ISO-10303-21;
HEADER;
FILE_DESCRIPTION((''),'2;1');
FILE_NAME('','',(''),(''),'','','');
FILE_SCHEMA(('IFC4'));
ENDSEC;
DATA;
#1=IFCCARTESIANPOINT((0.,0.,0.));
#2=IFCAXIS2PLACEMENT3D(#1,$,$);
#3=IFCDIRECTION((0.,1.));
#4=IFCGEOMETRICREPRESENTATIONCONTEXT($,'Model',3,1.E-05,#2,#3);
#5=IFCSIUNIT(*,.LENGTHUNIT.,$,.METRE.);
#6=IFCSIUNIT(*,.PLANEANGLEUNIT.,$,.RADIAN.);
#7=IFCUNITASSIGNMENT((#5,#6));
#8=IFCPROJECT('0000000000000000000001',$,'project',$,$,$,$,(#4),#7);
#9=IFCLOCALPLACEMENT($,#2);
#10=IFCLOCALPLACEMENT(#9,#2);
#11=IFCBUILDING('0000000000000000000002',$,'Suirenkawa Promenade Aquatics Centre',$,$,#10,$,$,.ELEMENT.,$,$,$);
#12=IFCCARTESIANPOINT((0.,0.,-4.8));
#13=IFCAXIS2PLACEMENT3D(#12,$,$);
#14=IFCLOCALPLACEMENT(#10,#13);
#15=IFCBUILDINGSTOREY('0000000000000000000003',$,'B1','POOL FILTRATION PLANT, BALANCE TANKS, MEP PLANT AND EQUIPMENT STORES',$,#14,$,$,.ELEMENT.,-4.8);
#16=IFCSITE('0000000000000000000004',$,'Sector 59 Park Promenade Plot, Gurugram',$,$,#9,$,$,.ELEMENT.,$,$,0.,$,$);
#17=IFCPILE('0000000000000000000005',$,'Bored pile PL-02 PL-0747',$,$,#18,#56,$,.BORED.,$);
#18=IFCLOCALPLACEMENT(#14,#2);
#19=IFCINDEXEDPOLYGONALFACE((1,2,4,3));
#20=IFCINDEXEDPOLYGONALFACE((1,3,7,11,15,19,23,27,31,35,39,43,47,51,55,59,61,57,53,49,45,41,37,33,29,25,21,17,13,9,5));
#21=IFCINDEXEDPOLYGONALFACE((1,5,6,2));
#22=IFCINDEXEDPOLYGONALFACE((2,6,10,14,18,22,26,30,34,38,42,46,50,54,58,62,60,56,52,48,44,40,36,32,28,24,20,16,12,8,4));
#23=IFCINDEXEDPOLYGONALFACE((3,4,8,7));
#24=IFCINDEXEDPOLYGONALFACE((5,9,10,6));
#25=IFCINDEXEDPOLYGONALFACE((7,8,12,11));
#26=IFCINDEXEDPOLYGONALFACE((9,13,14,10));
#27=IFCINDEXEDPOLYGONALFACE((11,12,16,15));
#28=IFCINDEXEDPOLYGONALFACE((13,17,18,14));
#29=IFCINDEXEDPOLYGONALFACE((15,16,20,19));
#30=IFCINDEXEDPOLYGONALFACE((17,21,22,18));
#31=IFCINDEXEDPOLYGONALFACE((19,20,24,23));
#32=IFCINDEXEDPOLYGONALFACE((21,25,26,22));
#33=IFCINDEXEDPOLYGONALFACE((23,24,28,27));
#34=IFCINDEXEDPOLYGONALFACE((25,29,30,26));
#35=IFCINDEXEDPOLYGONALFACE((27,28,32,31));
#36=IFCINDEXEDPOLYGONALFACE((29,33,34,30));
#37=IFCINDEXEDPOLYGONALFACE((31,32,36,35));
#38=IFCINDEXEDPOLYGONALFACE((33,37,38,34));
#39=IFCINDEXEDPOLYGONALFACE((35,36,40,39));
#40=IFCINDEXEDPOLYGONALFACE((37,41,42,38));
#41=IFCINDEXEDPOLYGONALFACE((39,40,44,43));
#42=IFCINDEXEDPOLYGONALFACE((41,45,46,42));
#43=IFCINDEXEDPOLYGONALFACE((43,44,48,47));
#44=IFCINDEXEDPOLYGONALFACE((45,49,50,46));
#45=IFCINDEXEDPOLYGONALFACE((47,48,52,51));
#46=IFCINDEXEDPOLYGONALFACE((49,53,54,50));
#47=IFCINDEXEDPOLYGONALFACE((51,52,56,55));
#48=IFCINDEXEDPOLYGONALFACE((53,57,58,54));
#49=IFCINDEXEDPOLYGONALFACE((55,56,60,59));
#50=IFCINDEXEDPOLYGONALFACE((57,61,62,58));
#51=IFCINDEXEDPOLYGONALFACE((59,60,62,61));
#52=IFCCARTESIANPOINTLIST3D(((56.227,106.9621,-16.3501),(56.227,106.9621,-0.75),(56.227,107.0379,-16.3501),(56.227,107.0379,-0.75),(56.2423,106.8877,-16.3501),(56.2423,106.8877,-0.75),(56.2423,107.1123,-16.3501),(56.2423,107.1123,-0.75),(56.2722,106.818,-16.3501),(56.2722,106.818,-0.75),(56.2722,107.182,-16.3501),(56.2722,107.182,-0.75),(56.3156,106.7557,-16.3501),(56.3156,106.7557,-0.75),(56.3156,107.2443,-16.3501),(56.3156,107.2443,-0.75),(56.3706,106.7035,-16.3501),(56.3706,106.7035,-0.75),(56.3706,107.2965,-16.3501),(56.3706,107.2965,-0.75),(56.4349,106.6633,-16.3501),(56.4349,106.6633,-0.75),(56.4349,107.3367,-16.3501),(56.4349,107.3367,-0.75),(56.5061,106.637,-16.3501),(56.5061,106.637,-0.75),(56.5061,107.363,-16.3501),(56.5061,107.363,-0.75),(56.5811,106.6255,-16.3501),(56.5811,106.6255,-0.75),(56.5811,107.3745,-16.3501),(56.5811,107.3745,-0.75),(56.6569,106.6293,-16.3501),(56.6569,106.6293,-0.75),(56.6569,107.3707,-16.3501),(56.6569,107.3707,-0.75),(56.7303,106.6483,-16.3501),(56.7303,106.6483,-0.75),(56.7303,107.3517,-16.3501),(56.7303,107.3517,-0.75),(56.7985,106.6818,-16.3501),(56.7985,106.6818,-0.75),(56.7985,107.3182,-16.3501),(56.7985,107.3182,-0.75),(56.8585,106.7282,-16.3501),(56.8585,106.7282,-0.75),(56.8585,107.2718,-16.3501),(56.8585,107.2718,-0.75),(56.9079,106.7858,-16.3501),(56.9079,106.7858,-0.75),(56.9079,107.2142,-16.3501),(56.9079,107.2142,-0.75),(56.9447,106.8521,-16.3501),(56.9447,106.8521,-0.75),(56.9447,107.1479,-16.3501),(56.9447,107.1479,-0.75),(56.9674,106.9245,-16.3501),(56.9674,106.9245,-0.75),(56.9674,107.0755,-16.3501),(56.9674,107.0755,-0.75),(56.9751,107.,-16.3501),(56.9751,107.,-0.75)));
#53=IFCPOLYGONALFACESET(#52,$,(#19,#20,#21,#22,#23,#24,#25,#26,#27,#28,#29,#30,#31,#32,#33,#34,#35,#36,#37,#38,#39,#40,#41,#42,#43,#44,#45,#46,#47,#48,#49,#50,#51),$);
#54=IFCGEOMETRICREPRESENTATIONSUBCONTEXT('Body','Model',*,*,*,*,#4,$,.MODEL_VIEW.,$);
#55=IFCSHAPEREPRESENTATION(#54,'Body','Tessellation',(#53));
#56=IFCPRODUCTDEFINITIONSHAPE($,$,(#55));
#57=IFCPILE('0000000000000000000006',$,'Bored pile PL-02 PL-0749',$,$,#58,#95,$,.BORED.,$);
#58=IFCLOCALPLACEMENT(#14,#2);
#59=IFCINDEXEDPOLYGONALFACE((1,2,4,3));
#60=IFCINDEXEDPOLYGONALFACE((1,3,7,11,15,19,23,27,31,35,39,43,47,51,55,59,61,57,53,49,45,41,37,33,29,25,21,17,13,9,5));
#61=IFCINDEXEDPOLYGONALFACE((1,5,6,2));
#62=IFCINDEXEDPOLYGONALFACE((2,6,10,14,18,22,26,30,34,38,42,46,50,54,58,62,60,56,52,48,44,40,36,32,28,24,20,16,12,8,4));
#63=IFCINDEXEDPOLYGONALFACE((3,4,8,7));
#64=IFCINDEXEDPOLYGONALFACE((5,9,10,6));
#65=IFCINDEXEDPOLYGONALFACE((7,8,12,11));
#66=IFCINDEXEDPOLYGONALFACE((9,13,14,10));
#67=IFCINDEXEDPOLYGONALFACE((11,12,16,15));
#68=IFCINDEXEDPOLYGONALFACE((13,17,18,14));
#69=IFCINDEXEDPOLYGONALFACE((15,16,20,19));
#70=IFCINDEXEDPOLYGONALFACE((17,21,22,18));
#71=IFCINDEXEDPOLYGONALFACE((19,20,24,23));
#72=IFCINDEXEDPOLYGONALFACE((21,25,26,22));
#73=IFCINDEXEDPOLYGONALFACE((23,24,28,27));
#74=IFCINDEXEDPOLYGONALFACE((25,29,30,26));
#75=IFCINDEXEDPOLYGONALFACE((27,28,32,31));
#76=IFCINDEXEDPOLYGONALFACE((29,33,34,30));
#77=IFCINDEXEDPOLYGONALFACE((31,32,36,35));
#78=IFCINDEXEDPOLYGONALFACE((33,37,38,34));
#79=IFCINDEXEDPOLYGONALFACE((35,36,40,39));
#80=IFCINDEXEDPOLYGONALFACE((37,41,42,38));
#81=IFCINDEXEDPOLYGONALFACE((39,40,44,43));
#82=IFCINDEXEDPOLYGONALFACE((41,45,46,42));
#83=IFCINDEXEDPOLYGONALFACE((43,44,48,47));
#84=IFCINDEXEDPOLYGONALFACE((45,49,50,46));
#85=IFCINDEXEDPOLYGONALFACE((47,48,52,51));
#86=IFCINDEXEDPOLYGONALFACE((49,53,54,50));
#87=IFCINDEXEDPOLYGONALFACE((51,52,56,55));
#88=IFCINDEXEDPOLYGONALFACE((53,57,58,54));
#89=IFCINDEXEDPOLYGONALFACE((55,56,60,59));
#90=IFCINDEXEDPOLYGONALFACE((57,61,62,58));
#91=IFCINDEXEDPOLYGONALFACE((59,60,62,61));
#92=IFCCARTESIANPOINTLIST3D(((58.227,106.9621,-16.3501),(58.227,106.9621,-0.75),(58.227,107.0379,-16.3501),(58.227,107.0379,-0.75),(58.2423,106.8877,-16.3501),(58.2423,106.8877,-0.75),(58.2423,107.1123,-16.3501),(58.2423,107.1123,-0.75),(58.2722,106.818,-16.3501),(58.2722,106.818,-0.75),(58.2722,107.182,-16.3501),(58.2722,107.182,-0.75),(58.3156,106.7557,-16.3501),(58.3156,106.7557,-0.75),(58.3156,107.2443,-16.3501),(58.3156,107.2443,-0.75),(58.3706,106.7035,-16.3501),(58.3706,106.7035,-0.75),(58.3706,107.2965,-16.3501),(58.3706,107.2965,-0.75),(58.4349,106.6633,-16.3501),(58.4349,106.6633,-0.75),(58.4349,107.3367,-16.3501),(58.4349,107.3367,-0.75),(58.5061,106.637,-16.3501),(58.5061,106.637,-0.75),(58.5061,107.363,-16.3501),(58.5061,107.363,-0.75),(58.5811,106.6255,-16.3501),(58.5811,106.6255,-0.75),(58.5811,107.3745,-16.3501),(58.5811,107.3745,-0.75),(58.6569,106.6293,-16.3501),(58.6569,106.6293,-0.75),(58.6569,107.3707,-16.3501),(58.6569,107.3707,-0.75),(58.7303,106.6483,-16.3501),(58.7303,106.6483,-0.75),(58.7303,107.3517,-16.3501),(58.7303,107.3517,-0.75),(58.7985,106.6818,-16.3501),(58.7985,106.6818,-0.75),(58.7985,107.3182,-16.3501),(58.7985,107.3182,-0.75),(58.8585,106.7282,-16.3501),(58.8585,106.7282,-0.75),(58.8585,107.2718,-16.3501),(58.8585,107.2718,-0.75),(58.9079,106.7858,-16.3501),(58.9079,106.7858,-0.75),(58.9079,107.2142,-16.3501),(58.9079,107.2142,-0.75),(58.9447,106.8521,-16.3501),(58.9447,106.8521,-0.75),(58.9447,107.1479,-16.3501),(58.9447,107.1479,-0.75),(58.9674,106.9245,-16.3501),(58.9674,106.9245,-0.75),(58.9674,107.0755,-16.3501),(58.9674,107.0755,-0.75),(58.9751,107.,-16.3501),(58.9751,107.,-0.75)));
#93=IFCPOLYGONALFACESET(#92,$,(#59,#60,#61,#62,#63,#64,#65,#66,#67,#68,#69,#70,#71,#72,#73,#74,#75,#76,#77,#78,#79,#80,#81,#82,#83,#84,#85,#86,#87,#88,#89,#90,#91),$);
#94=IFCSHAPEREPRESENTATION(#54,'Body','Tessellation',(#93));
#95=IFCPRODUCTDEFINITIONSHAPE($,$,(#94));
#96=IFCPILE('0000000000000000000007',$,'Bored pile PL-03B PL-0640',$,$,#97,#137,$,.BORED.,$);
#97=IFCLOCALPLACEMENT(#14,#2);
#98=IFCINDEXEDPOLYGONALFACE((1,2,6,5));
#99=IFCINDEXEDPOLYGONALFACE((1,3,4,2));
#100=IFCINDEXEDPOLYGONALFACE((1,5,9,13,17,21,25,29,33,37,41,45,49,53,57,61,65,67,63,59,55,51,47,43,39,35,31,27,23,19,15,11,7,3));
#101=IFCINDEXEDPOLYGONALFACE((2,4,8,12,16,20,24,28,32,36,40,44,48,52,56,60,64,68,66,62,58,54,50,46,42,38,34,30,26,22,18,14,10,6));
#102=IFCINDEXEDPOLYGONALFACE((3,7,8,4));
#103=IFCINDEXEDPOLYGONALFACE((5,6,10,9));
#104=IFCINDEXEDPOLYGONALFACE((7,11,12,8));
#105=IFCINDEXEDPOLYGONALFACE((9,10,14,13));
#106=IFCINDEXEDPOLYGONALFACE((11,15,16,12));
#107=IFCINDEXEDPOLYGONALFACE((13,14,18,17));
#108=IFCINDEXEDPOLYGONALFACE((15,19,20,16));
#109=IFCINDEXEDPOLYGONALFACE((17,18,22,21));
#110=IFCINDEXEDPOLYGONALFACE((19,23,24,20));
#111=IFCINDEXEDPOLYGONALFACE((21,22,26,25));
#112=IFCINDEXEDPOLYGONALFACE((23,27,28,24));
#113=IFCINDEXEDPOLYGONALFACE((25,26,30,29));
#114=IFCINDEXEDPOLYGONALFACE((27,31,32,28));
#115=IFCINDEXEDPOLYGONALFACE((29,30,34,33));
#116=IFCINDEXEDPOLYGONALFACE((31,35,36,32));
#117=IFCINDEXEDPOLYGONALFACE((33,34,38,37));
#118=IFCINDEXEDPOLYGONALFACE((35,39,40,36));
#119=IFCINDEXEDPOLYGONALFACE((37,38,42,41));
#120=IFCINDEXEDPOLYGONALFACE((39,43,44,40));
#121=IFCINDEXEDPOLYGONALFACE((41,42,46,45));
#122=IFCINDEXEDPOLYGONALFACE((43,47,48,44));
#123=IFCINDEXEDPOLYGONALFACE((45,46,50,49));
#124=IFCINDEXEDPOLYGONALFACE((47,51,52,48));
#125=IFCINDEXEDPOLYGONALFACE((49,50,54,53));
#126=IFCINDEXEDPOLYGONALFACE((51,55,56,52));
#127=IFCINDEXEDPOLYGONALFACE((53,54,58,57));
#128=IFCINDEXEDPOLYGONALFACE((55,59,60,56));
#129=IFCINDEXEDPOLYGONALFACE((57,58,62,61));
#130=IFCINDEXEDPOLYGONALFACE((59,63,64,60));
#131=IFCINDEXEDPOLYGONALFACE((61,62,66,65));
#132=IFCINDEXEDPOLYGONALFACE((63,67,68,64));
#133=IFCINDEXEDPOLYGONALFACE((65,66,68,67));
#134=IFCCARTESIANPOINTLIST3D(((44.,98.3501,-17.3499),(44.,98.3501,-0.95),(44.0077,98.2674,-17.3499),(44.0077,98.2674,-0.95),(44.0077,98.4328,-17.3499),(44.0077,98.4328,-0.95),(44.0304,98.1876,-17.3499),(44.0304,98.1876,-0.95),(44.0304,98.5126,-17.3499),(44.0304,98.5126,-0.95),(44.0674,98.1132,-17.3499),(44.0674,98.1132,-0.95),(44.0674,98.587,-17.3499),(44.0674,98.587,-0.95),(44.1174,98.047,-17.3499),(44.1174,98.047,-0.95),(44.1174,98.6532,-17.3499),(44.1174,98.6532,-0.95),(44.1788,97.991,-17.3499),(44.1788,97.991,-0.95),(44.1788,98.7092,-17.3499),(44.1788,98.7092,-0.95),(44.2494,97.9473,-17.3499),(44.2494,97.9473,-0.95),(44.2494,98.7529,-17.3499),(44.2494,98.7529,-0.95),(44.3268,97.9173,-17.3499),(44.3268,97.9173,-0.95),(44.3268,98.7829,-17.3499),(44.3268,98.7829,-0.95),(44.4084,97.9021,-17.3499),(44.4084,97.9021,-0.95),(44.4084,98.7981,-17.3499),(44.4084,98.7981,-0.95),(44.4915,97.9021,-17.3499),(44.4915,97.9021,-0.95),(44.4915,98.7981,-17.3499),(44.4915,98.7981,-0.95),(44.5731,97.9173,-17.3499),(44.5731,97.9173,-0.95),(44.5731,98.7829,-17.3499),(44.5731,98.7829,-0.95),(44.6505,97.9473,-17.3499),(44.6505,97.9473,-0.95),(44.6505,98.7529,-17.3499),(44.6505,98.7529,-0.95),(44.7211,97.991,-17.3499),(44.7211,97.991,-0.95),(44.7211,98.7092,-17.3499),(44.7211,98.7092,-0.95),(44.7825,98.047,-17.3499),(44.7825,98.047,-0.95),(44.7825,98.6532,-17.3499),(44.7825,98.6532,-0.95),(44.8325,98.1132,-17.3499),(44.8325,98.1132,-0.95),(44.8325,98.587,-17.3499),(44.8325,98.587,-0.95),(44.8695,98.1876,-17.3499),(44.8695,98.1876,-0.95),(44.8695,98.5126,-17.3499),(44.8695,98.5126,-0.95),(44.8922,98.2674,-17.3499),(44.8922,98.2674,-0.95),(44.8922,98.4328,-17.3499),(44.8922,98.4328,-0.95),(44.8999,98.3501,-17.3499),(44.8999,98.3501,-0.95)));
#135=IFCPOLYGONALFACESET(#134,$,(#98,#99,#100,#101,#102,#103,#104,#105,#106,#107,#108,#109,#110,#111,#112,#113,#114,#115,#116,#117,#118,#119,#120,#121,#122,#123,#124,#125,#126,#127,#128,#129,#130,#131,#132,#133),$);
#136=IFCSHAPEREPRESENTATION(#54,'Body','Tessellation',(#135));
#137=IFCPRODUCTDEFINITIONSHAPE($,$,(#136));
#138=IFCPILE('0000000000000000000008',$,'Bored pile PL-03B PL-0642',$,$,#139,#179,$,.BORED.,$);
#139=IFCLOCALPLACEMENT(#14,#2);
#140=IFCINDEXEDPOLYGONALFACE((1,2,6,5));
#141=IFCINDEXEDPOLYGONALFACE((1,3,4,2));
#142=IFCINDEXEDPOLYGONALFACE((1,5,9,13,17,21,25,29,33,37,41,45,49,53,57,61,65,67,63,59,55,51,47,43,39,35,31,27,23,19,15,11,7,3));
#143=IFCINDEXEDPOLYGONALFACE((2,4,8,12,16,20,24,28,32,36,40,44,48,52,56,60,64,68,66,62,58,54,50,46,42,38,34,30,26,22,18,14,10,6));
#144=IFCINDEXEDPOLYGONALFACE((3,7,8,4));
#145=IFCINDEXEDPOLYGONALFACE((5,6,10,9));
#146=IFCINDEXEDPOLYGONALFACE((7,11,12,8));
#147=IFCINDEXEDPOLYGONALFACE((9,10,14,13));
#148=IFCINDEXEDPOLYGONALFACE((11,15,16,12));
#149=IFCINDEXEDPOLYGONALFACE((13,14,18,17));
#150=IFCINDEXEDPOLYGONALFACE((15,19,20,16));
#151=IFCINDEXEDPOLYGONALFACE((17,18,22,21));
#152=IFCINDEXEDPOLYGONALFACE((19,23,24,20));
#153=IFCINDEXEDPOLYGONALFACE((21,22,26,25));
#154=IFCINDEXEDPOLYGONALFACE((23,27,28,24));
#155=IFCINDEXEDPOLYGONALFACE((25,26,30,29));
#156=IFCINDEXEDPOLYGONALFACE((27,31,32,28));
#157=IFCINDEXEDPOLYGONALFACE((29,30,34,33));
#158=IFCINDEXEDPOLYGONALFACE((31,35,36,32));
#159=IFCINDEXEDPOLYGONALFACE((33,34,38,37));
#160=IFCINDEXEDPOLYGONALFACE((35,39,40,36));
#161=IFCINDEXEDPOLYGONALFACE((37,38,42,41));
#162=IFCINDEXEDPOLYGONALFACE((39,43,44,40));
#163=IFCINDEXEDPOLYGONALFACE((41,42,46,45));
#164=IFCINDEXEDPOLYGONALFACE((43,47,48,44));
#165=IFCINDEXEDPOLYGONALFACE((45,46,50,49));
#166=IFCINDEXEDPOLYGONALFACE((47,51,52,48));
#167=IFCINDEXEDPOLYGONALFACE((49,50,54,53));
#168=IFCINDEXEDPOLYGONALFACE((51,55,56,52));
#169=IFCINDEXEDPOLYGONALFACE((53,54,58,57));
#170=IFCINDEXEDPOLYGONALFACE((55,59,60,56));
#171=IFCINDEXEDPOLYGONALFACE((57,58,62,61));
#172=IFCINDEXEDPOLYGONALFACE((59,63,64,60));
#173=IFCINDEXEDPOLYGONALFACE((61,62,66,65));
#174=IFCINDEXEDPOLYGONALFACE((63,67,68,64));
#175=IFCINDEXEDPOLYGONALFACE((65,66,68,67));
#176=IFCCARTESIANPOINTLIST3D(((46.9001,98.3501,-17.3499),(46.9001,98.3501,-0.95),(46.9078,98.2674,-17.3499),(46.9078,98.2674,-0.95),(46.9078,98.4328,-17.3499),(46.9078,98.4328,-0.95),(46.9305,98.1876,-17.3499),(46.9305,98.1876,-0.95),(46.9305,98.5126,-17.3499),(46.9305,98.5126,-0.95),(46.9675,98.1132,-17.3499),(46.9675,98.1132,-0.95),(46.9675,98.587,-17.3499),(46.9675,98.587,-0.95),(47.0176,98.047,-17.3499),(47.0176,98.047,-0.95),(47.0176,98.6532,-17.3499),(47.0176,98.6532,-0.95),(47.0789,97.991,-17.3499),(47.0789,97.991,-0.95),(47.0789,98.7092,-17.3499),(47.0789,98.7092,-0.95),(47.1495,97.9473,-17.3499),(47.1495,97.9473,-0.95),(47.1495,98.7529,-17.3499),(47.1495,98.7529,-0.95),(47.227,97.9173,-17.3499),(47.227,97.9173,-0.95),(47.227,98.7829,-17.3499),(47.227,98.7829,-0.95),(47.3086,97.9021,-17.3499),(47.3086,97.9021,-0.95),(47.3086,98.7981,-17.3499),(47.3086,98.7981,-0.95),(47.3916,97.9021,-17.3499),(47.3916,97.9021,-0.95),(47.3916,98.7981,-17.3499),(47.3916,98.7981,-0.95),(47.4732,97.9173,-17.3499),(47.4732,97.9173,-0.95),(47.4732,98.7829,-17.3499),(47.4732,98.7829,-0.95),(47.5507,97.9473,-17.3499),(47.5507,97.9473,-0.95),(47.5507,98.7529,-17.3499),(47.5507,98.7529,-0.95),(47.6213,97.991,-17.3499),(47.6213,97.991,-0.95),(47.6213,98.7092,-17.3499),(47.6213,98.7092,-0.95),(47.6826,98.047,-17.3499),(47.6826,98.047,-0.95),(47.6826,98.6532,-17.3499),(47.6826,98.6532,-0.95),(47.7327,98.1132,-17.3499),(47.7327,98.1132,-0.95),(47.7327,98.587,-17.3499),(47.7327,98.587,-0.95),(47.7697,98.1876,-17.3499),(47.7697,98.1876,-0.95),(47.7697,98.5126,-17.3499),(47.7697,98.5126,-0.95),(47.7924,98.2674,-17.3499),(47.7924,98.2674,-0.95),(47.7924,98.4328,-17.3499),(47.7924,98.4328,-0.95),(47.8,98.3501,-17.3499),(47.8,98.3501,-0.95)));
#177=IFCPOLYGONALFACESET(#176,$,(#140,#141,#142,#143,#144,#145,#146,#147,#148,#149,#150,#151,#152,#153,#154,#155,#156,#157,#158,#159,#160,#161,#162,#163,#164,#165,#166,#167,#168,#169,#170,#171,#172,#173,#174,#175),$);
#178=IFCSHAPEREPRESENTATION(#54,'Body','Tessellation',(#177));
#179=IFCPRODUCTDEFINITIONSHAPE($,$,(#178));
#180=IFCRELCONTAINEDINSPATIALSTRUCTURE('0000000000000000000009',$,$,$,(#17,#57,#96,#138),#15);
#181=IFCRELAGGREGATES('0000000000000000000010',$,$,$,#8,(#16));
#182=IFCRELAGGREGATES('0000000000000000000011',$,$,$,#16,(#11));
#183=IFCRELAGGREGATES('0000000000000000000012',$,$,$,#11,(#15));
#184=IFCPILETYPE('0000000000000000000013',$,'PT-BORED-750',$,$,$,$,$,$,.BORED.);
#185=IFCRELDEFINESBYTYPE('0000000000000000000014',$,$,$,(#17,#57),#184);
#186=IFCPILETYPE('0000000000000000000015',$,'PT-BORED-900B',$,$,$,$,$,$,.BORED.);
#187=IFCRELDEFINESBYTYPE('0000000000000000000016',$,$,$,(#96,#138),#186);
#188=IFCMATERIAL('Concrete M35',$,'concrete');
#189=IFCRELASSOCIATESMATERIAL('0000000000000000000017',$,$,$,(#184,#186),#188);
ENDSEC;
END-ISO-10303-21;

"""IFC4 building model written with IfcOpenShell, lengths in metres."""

from ifc_helpers import new_model, si_unit, direction, frame, origin, origin_2d, place, context, subcontext, project, spatial, circle, extrude, material, material_profile, profile_set, type_object, element, save


model = new_model("IFC4")

# Units and contexts
model_context = context("Model", 3, precision=1e-05, world=origin(), true_north=direction((0.0, 1.0)))
body_context = subcontext(model_context, "Body", "Model", "MODEL_VIEW")
ifc_project = project(units=[si_unit("LENGTHUNIT", "METRE"), si_unit("PLANEANGLEUNIT", "RADIAN")], contexts=[model_context])

# Site, building, storey
site_placement = place(None, origin())
site = spatial("IfcSite", under=ifc_project, at=site_placement, Name="Sector 59 Park Promenade Plot, Gurugram", CompositionType="ELEMENT", RefElevation=0.0)
building_placement = place(site_placement, origin())
building = spatial("IfcBuilding", under=site, at=building_placement, Name="Suirenkawa Promenade Aquatics Centre", CompositionType="ELEMENT")
storey_placement = place(building_placement, frame((0.0, 0.0, -4.8)))
storey = spatial("IfcBuildingStorey", under=building, at=storey_placement, Name="B1", Description="POOL FILTRATION PLANT, BALANCE TANKS, MEP PLANT AND EQUIPMENT STORES", CompositionType="ELEMENT", Elevation=-4.8)

# Shared definitions
ifc_material_1 = material(Name="Concrete M35", Category="concrete")

# Piles
ifc_material_profile_1 = material_profile(ifc_material_1, circle(Radius=0.375, at=origin_2d()), Name="PILE D750", Category="concrete")
ifc_profile_set_1 = profile_set([ifc_material_profile_1], Name="Concrete M35")
pile_type_1 = type_object("IfcPileType", Name="PT-BORED-750", PredefinedType="BORED", material=ifc_profile_set_1)
for number, where, z_axis, x_axis, name in (
    (1, (56.6001, 107.0, -0.75), (0.0, 0.0, -1.0), (1.0, 0.0, 0.0), "Bored pile PL-02 PL-0747"),
    (2, (58.6001, 107.0, -0.75), (0.0, 0.0, -1.0), (1.0, 0.0, 0.0), "Bored pile PL-02 PL-0749"),
):
    element("IfcPile", number, at=place(storey_placement, frame(where, z_axis=z_axis, x_axis=x_axis)), inside=storey, type_object=pile_type_1, Name=name, PredefinedType="BORED", context=body_context, shape_type="SweptSolid", body=[
        extrude(circle(Radius=0.375, at=origin_2d()), origin(), (0.0, 0.0, 1.0), 15.6001),
    ])
ifc_material_profile_2 = material_profile(ifc_material_1, circle(Radius=0.45, at=origin_2d()), Name="PILE D900", Category="concrete")
ifc_profile_set_2 = profile_set([ifc_material_profile_2], Name="Concrete M35")
pile_type_2 = type_object("IfcPileType", Name="PT-BORED-900B", PredefinedType="BORED", material=ifc_profile_set_2)
for number, where, z_axis, x_axis, name in (
    (3, (44.45, 98.3501, -0.95), (0.0, 0.0, -1.0), (1.0, 0.0, 0.0), "Bored pile PL-03B PL-0640"),
    (4, (47.3501, 98.3501, -0.95), (0.0, 0.0, -1.0), (1.0, 0.0, 0.0), "Bored pile PL-03B PL-0642"),
):
    element("IfcPile", number, at=place(storey_placement, frame(where, z_axis=z_axis, x_axis=x_axis)), inside=storey, type_object=pile_type_2, Name=name, PredefinedType="BORED", context=body_context, shape_type="SweptSolid", body=[
        extrude(circle(Radius=0.45, at=origin_2d()), origin(), (0.0, 0.0, 1.0), 16.3999),
    ])

save(model, "model.ifc")
